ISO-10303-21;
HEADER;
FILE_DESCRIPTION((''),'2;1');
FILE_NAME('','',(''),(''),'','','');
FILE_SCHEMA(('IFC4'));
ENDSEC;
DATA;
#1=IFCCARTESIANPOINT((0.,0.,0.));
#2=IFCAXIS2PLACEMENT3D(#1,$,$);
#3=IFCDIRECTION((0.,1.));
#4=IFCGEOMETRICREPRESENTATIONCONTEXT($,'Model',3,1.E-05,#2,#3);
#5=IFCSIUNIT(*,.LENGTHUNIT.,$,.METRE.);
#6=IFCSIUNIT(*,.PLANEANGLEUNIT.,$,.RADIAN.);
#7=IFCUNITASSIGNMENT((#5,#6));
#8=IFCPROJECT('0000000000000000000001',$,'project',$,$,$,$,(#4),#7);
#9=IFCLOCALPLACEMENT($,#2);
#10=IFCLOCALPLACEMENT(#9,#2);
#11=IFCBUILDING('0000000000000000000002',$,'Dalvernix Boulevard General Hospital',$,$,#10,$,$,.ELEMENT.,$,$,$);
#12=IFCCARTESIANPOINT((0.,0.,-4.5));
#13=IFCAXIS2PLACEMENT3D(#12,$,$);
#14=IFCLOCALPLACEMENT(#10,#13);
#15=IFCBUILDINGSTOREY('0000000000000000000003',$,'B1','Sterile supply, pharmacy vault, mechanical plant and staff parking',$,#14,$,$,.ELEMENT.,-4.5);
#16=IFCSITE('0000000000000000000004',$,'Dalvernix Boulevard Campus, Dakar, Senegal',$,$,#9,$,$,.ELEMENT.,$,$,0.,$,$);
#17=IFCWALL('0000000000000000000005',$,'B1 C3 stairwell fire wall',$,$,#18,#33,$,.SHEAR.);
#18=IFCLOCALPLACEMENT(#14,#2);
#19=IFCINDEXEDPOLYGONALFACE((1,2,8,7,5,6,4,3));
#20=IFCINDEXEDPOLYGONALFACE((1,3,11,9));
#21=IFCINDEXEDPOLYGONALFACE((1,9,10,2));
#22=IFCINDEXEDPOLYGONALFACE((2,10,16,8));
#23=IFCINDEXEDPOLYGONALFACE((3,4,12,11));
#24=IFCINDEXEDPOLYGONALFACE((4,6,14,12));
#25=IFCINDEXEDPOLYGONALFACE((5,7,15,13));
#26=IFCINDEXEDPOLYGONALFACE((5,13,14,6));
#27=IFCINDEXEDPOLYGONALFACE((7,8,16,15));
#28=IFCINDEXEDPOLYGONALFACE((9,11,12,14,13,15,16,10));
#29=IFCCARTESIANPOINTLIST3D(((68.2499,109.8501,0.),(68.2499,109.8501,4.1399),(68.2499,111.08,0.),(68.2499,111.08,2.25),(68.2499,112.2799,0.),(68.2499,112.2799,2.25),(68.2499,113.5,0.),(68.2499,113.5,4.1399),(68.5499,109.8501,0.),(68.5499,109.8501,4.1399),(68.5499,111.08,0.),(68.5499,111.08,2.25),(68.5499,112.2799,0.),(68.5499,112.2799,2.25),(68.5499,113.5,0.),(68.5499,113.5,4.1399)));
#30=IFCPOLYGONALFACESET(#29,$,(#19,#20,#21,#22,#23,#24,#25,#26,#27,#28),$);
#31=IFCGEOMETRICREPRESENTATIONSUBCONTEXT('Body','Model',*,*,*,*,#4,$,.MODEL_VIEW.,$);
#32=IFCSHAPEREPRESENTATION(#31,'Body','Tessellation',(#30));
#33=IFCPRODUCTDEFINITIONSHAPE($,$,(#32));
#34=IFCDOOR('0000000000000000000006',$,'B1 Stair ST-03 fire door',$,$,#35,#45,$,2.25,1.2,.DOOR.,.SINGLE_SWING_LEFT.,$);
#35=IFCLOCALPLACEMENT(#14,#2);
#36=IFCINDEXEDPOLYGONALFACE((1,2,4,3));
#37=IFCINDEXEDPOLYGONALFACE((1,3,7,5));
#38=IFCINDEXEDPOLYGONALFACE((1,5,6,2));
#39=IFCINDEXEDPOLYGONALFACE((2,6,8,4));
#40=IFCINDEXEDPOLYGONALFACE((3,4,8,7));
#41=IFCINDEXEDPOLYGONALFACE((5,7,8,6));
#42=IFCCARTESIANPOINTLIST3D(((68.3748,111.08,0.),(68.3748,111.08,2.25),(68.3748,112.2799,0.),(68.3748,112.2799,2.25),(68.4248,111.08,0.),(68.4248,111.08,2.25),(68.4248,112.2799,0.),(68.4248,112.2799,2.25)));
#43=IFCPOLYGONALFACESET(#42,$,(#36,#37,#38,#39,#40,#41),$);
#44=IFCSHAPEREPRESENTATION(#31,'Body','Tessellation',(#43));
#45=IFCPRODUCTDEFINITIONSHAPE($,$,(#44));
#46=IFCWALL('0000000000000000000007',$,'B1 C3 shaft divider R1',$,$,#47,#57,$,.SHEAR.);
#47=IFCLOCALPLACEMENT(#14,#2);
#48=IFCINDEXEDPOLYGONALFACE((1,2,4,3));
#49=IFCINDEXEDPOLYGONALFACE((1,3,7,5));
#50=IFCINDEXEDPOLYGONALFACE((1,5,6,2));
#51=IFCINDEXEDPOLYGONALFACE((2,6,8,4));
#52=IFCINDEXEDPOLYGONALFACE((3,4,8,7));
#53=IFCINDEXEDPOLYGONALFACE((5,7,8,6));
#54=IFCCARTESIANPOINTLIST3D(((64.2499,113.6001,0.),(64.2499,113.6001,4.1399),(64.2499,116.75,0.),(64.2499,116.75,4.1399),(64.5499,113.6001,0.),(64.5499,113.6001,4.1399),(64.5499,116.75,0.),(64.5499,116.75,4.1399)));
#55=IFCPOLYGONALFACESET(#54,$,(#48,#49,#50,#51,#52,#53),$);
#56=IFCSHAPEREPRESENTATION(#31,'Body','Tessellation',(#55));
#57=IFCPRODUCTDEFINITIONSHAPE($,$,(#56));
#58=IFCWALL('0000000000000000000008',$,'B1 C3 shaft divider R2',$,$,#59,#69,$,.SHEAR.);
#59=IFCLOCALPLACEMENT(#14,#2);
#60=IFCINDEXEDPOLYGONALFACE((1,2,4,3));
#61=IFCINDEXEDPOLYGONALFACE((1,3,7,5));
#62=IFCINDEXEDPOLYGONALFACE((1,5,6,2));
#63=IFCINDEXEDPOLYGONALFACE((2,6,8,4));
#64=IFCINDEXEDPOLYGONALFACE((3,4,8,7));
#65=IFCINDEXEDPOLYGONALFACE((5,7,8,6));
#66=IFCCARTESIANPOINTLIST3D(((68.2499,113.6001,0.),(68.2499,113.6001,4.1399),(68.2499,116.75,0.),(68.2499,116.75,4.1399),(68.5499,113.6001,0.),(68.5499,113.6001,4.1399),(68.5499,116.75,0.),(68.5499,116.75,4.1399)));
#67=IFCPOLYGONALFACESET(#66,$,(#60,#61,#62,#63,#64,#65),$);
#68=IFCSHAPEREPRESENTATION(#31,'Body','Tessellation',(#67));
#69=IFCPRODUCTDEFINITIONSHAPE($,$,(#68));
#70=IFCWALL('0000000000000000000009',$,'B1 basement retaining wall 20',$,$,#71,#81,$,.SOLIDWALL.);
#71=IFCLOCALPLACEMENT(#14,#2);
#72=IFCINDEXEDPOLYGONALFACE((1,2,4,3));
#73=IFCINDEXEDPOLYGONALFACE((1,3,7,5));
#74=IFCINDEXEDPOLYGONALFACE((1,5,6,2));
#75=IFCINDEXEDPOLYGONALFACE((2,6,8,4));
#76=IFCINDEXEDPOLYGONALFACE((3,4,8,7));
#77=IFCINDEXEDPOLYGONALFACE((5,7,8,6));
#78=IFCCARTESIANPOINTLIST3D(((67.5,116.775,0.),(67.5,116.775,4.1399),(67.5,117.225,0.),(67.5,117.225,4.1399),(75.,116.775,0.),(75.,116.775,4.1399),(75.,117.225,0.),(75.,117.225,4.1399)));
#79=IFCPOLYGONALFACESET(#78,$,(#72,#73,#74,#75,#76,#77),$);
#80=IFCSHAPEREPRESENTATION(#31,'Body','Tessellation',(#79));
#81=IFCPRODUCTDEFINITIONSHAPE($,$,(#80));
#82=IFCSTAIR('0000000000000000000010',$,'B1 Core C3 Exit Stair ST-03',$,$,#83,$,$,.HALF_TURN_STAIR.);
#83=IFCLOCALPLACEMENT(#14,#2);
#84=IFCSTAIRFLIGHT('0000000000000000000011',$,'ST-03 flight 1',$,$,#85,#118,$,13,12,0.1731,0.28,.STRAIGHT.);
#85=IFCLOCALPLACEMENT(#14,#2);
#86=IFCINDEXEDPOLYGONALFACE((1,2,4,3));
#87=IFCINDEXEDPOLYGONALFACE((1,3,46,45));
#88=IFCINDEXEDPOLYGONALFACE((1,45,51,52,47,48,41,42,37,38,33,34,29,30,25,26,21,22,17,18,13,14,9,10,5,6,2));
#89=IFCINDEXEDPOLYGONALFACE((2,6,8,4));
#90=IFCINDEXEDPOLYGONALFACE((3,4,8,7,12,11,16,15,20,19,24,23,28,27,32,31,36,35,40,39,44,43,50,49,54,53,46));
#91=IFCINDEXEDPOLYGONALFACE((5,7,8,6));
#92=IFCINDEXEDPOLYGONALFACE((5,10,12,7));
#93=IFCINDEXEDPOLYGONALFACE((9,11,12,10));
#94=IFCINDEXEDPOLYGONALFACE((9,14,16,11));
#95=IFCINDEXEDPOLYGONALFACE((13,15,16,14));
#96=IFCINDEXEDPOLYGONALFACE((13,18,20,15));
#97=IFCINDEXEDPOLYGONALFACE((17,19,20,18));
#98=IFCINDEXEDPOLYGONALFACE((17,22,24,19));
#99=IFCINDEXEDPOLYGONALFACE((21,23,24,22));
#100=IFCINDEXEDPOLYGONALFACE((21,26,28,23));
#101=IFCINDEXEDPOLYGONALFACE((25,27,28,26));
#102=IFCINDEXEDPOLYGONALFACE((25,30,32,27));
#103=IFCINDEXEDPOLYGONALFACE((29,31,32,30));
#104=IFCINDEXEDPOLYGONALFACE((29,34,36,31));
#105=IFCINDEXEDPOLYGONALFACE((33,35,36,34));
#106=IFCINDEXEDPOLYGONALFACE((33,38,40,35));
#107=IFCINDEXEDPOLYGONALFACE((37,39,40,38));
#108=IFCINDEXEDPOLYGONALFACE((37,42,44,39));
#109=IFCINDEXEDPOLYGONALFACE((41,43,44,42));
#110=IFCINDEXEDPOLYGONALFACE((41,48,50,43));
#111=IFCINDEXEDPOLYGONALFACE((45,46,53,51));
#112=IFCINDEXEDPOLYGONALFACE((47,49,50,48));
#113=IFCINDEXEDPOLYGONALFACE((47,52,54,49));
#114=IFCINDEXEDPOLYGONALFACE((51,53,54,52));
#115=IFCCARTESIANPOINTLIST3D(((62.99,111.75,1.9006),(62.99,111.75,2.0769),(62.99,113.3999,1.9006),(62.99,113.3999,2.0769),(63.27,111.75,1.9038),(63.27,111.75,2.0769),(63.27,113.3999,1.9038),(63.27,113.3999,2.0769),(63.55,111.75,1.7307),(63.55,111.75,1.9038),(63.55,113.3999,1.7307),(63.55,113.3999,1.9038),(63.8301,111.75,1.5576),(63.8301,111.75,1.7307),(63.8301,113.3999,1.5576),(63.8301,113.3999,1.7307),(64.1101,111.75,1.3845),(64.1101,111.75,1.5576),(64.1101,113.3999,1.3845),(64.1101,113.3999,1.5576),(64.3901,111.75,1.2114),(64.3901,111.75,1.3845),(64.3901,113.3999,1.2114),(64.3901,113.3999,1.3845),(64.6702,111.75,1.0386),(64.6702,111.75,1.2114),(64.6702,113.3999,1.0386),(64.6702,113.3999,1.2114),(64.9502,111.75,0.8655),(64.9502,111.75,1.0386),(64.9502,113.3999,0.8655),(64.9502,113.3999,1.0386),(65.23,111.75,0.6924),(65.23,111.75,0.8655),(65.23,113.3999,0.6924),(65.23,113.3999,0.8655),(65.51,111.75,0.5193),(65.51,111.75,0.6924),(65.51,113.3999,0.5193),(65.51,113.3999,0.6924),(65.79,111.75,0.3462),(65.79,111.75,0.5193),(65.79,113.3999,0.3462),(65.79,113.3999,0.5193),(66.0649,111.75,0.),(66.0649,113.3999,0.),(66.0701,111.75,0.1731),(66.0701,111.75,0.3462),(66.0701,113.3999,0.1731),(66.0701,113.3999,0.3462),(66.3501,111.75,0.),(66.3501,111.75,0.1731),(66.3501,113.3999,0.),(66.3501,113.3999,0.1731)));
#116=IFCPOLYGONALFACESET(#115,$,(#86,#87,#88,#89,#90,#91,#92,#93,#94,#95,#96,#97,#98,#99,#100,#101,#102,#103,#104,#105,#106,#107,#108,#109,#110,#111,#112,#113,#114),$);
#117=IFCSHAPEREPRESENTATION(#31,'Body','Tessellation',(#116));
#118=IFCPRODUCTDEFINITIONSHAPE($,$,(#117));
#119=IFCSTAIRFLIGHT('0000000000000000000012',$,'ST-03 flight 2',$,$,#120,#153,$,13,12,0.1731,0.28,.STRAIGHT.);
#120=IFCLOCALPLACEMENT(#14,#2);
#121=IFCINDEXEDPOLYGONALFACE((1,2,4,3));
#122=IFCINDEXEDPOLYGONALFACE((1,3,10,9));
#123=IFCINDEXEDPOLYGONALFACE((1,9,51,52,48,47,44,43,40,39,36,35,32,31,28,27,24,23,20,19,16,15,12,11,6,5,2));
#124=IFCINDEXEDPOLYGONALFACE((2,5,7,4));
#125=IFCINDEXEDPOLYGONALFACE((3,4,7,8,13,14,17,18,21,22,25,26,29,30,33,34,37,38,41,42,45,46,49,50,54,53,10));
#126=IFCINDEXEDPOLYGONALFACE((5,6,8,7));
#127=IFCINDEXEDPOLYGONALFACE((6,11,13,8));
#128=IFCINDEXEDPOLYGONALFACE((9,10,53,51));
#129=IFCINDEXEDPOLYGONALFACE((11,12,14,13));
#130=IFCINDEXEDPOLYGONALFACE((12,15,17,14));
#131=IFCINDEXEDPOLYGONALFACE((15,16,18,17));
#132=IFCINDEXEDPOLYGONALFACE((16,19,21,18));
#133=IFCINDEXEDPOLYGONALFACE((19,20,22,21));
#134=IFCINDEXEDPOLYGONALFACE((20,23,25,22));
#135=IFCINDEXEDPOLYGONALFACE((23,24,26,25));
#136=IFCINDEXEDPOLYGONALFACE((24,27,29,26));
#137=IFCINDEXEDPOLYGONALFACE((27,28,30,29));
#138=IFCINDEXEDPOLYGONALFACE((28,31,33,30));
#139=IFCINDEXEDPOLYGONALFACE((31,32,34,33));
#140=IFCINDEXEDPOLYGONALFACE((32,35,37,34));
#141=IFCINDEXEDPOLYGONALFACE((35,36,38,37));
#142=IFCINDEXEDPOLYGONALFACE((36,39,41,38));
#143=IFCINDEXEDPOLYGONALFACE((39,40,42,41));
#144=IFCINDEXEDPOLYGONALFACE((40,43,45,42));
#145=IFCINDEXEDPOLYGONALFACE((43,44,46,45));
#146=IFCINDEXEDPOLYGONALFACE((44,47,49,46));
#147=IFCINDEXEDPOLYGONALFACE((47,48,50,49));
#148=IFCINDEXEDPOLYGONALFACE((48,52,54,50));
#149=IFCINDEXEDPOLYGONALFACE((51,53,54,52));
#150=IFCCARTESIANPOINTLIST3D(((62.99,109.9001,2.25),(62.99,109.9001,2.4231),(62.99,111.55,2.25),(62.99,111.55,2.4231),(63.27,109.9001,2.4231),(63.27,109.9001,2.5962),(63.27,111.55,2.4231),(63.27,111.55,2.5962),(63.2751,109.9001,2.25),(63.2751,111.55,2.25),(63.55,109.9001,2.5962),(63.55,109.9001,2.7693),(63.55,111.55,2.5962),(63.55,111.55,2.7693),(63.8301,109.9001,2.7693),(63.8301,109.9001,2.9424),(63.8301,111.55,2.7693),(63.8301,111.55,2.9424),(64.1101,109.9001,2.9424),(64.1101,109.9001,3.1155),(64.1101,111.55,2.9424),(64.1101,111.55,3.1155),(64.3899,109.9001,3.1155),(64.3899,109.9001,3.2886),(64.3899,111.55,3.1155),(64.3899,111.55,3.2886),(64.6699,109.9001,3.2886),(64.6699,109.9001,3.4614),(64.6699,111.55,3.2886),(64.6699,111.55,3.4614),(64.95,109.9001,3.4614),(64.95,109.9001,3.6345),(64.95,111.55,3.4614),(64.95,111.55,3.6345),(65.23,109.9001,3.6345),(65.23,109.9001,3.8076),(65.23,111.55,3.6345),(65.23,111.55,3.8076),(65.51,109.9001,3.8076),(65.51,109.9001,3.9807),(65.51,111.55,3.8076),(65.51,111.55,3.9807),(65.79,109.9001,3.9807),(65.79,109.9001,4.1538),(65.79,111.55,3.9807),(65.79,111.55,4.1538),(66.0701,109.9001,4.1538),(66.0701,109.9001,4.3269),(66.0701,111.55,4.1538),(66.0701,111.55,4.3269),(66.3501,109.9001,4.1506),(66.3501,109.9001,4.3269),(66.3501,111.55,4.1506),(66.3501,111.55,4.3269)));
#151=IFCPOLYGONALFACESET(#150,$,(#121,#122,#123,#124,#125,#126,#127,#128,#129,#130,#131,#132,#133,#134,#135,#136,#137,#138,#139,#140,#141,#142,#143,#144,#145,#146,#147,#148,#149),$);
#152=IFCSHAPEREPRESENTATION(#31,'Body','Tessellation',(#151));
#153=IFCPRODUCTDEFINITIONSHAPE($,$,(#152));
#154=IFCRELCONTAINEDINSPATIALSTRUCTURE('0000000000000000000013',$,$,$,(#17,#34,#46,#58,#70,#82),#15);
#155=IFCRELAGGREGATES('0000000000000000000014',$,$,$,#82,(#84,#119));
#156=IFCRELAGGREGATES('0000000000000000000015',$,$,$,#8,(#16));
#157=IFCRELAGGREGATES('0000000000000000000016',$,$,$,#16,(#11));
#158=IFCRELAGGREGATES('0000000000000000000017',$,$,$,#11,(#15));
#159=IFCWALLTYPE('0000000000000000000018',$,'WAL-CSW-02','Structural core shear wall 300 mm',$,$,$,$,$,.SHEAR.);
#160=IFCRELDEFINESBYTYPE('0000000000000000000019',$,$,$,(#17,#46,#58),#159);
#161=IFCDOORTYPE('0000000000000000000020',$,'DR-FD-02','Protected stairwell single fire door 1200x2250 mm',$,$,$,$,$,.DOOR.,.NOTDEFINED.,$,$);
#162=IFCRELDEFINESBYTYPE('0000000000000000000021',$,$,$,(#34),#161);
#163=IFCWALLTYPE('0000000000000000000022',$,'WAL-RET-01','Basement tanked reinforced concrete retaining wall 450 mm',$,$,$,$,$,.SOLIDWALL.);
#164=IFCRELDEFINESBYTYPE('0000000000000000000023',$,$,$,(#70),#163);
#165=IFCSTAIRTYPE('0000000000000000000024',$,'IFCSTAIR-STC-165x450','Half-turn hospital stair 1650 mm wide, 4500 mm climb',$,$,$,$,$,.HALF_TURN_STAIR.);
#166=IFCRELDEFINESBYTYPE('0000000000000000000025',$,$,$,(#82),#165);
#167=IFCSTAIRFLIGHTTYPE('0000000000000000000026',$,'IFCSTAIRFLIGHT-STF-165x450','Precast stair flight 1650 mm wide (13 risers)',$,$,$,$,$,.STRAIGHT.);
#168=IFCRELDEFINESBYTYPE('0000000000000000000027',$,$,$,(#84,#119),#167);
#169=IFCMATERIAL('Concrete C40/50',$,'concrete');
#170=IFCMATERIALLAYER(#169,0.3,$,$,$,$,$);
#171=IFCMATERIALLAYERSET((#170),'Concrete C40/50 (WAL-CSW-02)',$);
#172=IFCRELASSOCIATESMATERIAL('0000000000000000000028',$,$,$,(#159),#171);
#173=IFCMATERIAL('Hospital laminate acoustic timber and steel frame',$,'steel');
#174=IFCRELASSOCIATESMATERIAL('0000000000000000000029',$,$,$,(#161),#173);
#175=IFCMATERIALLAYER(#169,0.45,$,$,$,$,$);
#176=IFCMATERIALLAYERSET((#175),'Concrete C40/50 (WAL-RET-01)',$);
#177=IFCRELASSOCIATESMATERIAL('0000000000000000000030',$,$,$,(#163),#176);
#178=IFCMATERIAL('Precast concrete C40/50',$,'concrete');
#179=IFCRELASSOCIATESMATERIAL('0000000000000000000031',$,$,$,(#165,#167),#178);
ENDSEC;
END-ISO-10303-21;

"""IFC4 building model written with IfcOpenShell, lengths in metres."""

from ifc_helpers import new_model, si_unit, direction, frame, frame_2d, origin, place, context, subcontext, project, spatial, polyline, rectangle, outline, extrude, material, layer, layer_set, type_object, element, fill, aggregate, save


model = new_model("IFC4")

# Units and contexts
model_context = context("Model", 3, precision=1e-05, world=origin(), true_north=direction((0.0, 1.0)))
body_context = subcontext(model_context, "Body", "Model", "MODEL_VIEW")
ifc_project = project(units=[si_unit("LENGTHUNIT", "METRE"), si_unit("PLANEANGLEUNIT", "RADIAN")], contexts=[model_context])

# Site, building, storey
site_placement = place(None, origin())
site = spatial("IfcSite", under=ifc_project, at=site_placement, Name="Dalvernix Boulevard Campus, Dakar, Senegal", CompositionType="ELEMENT", RefElevation=0.0)
building_placement = place(site_placement, origin())
building = spatial("IfcBuilding", under=site, at=building_placement, Name="Dalvernix Boulevard General Hospital", CompositionType="ELEMENT")
storey_placement = place(building_placement, frame((0.0, 0.0, -4.5)))
storey = spatial("IfcBuildingStorey", under=building, at=storey_placement, Name="B1", Description="Sterile supply, pharmacy vault, mechanical plant and staff parking", CompositionType="ELEMENT", Elevation=-4.5)

# Shared definitions
ifc_material_1 = material(Name="Concrete C40/50", Category="concrete")

# Shared definitions
ifc_material_2 = material(Name="Hospital laminate acoustic timber and steel frame", Category="steel")

# Shared definitions
ifc_layer_1 = layer(ifc_material_1, 0.3)
ifc_layer_set_1 = layer_set([ifc_layer_1], Name="Concrete C40/50 (WAL-CSW-02)")
wall_type_1 = type_object("IfcWallType", Name="WAL-CSW-02", Description="Structural core shear wall 300 mm", PredefinedType="SHEAR", material=ifc_layer_set_1)

# Wall, opening, door
wall_1_placement = place(storey_placement, frame((68.3999, 113.5, 0.0), z_axis=(0.0, 0.0, 1.0), x_axis=(0.0, -1.0, 0.0)))
wall_1 = element("IfcWall", 1, at=wall_1_placement, inside=storey, type_object=wall_type_1, Name="B1 C3 stairwell fire wall", PredefinedType="SHEAR", context=body_context, shape_type="SweptSolid", body=[
    extrude(rectangle(XDim=3.6499, YDim=0.3, at=frame_2d((1.825, 0.0))), origin(), (0.0, 0.0, 1.0), 4.1399),
])
opening_1_placement = place(wall_1_placement, frame((1.22, 0.0, 0.0)))
opening_1 = element("IfcOpeningElement", 2, at=opening_1_placement, cuts=wall_1, PredefinedType="OPENING", context=body_context, shape_type="SweptSolid", body=[
    extrude(rectangle(XDim=1.2, YDim=2.25, at=frame_2d((0.6001, 1.125))), frame((0.0, 0.1599, 0.0), z_axis=(0.0, -1.0, 0.0), x_axis=(1.0, 0.0, 0.0)), (0.0, 0.0, 1.0), 0.3201),
])
door_type_1 = type_object("IfcDoorType", Name="DR-FD-02", Description="Protected stairwell single fire door 1200x2250 mm", OperationType="NOTDEFINED", PredefinedType="DOOR", material=ifc_material_2)
door_1_placement = place(opening_1_placement, origin())
door_1 = element("IfcDoor", 3, at=door_1_placement, inside=storey, type_object=door_type_1, Name="B1 Stair ST-03 fire door", OperationType="SINGLE_SWING_LEFT", OverallHeight=2.25, OverallWidth=1.2, PredefinedType="DOOR", context=body_context, shape_type="SweptSolid", body=[
    extrude(rectangle(XDim=1.2, YDim=2.25, at=frame_2d((0.6001, 1.125))), frame((0.0, 0.0249, 0.0), z_axis=(0.0, -1.0, 0.0), x_axis=(1.0, 0.0, 0.0)), (0.0, 0.0, 1.0), 0.05),
])
fill(opening_1, door_1)

# Walls
for number, where, z_axis, x_axis, name in (
    (4, (64.3999, 113.6001, 0.0), (0.0, 0.0, 1.0), (0.0, 1.0, 0.0), "B1 C3 shaft divider R1"),
    (5, (68.3999, 113.6001, 0.0), (0.0, 0.0, 1.0), (0.0, 1.0, 0.0), "B1 C3 shaft divider R2"),
):
    element("IfcWall", number, at=place(storey_placement, frame(where, z_axis=z_axis, x_axis=x_axis)), inside=storey, type_object=wall_type_1, Name=name, PredefinedType="SHEAR", context=body_context, shape_type="SweptSolid", body=[
        extrude(rectangle(XDim=3.1499, YDim=0.3, at=frame_2d((1.575, 0.0))), origin(), (0.0, 0.0, 1.0), 4.1399),
    ])
ifc_layer_2 = layer(ifc_material_1, 0.45)
ifc_layer_set_2 = layer_set([ifc_layer_2], Name="Concrete C40/50 (WAL-RET-01)")
wall_type_2 = type_object("IfcWallType", Name="WAL-RET-01", Description="Basement tanked reinforced concrete retaining wall 450 mm", PredefinedType="SOLIDWALL", material=ifc_layer_set_2)
wall_2_placement = place(storey_placement, frame((67.5, 117.0, 0.0), z_axis=(0.0, 0.0, 1.0), x_axis=(1.0, 0.0, 0.0)))
element("IfcWall", 6, at=wall_2_placement, inside=storey, type_object=wall_type_2, Name="B1 basement retaining wall 20", PredefinedType="SOLIDWALL", context=body_context, shape_type="SweptSolid", body=[
    extrude(rectangle(XDim=7.5, YDim=0.45, at=frame_2d((3.75, 0.0))), origin(), (0.0, 0.0, 1.0), 4.1399),
])

# Stair, stair flights
ifc_material_3 = material(Name="Precast concrete C40/50", Category="concrete")
stair_type = type_object("IfcStairType", Name="IFCSTAIR-STC-165x450", Description="Half-turn hospital stair 1650 mm wide, 4500 mm climb", PredefinedType="HALF_TURN_STAIR", material=ifc_material_3)
stair_placement = place(storey_placement, origin())
stair = element("IfcStair", 7, at=stair_placement, inside=storey, type_object=stair_type, Name="B1 Core C3 Exit Stair ST-03", PredefinedType="HALF_TURN_STAIR")
stair_flight_type = type_object("IfcStairFlightType", Name="IFCSTAIRFLIGHT-STF-165x450", Description="Precast stair flight 1650 mm wide (13 risers)", PredefinedType="STRAIGHT", material=ifc_material_3)
stair_flight_1_placement = place(storey_placement, frame((66.3501, 112.575, 0.0), z_axis=(0.0, 0.0, 1.0), x_axis=(-1.0, 0.0, 0.0)))
stair_flight_1 = element("IfcStairFlight", 8, at=stair_flight_1_placement, type_object=stair_flight_type, Name="ST-03 flight 1", NumberOfRisers=13, NumberOfTreads=12, PredefinedType="STRAIGHT", RiserHeight=0.1731, TreadLength=0.28, context=body_context, shape_type="SweptSolid", body=[
    extrude(outline(polyline([(0.0, 0.0), (0.0, 0.1731), (0.28, 0.1731), (0.28, 0.3462), (0.5601, 0.3462), (0.5601, 0.5193), (0.8401, 0.5193), (0.8401, 0.6924), (1.1201, 0.6924), (1.1201, 0.8655), (1.3999, 0.8655), (1.3999, 1.0386), (1.6799, 1.0386), (1.6799, 1.2114), (1.96, 1.2114), (1.96, 1.3845), (2.24, 1.3845), (2.24, 1.5576), (2.52, 1.5576), (2.52, 1.7307), (2.8, 1.7307), (2.8, 1.9038), (3.0801, 1.9038), (3.0801, 2.0769), (3.3601, 2.0769), (3.3601, 2.25), (3.3601, 1.9006), (0.2852, 0.0), (0.0, 0.0)])), frame((0.0, 0.825, 0.0), z_axis=(0.0, -1.0, 0.0), x_axis=(1.0, 0.0, 0.0)), (0.0, 0.0, 1.0), 1.6499),
])
stair_flight_2_placement = place(storey_placement, frame((62.99, 110.7251, 2.25), z_axis=(0.0, 0.0, 1.0), x_axis=(1.0, 0.0, 0.0)))
stair_flight_2 = element("IfcStairFlight", 9, at=stair_flight_2_placement, type_object=stair_flight_type, Name="ST-03 flight 2", NumberOfRisers=13, NumberOfTreads=12, PredefinedType="STRAIGHT", RiserHeight=0.1731, TreadLength=0.28, context=body_context, shape_type="SweptSolid", body=[
    extrude(outline(polyline([(0.0, 0.0), (0.0, 0.1731), (0.28, 0.1731), (0.28, 0.3462), (0.5601, 0.3462), (0.5601, 0.5193), (0.8401, 0.5193), (0.8401, 0.6924), (1.1201, 0.6924), (1.1201, 0.8655), (1.3999, 0.8655), (1.3999, 1.0386), (1.6799, 1.0386), (1.6799, 1.2114), (1.96, 1.2114), (1.96, 1.3845), (2.24, 1.3845), (2.24, 1.5576), (2.52, 1.5576), (2.52, 1.7307), (2.8, 1.7307), (2.8, 1.9038), (3.0801, 1.9038), (3.0801, 2.0769), (3.3601, 2.0769), (3.3601, 2.25), (3.3601, 1.9006), (0.2852, 0.0), (0.0, 0.0)])), frame((0.0, 0.825, 0.0), z_axis=(0.0, -1.0, 0.0), x_axis=(1.0, 0.0, 0.0)), (0.0, 0.0, 1.0), 1.6499),
])
aggregate(stair, [stair_flight_1, stair_flight_2])

save(model, "model.ifc")
